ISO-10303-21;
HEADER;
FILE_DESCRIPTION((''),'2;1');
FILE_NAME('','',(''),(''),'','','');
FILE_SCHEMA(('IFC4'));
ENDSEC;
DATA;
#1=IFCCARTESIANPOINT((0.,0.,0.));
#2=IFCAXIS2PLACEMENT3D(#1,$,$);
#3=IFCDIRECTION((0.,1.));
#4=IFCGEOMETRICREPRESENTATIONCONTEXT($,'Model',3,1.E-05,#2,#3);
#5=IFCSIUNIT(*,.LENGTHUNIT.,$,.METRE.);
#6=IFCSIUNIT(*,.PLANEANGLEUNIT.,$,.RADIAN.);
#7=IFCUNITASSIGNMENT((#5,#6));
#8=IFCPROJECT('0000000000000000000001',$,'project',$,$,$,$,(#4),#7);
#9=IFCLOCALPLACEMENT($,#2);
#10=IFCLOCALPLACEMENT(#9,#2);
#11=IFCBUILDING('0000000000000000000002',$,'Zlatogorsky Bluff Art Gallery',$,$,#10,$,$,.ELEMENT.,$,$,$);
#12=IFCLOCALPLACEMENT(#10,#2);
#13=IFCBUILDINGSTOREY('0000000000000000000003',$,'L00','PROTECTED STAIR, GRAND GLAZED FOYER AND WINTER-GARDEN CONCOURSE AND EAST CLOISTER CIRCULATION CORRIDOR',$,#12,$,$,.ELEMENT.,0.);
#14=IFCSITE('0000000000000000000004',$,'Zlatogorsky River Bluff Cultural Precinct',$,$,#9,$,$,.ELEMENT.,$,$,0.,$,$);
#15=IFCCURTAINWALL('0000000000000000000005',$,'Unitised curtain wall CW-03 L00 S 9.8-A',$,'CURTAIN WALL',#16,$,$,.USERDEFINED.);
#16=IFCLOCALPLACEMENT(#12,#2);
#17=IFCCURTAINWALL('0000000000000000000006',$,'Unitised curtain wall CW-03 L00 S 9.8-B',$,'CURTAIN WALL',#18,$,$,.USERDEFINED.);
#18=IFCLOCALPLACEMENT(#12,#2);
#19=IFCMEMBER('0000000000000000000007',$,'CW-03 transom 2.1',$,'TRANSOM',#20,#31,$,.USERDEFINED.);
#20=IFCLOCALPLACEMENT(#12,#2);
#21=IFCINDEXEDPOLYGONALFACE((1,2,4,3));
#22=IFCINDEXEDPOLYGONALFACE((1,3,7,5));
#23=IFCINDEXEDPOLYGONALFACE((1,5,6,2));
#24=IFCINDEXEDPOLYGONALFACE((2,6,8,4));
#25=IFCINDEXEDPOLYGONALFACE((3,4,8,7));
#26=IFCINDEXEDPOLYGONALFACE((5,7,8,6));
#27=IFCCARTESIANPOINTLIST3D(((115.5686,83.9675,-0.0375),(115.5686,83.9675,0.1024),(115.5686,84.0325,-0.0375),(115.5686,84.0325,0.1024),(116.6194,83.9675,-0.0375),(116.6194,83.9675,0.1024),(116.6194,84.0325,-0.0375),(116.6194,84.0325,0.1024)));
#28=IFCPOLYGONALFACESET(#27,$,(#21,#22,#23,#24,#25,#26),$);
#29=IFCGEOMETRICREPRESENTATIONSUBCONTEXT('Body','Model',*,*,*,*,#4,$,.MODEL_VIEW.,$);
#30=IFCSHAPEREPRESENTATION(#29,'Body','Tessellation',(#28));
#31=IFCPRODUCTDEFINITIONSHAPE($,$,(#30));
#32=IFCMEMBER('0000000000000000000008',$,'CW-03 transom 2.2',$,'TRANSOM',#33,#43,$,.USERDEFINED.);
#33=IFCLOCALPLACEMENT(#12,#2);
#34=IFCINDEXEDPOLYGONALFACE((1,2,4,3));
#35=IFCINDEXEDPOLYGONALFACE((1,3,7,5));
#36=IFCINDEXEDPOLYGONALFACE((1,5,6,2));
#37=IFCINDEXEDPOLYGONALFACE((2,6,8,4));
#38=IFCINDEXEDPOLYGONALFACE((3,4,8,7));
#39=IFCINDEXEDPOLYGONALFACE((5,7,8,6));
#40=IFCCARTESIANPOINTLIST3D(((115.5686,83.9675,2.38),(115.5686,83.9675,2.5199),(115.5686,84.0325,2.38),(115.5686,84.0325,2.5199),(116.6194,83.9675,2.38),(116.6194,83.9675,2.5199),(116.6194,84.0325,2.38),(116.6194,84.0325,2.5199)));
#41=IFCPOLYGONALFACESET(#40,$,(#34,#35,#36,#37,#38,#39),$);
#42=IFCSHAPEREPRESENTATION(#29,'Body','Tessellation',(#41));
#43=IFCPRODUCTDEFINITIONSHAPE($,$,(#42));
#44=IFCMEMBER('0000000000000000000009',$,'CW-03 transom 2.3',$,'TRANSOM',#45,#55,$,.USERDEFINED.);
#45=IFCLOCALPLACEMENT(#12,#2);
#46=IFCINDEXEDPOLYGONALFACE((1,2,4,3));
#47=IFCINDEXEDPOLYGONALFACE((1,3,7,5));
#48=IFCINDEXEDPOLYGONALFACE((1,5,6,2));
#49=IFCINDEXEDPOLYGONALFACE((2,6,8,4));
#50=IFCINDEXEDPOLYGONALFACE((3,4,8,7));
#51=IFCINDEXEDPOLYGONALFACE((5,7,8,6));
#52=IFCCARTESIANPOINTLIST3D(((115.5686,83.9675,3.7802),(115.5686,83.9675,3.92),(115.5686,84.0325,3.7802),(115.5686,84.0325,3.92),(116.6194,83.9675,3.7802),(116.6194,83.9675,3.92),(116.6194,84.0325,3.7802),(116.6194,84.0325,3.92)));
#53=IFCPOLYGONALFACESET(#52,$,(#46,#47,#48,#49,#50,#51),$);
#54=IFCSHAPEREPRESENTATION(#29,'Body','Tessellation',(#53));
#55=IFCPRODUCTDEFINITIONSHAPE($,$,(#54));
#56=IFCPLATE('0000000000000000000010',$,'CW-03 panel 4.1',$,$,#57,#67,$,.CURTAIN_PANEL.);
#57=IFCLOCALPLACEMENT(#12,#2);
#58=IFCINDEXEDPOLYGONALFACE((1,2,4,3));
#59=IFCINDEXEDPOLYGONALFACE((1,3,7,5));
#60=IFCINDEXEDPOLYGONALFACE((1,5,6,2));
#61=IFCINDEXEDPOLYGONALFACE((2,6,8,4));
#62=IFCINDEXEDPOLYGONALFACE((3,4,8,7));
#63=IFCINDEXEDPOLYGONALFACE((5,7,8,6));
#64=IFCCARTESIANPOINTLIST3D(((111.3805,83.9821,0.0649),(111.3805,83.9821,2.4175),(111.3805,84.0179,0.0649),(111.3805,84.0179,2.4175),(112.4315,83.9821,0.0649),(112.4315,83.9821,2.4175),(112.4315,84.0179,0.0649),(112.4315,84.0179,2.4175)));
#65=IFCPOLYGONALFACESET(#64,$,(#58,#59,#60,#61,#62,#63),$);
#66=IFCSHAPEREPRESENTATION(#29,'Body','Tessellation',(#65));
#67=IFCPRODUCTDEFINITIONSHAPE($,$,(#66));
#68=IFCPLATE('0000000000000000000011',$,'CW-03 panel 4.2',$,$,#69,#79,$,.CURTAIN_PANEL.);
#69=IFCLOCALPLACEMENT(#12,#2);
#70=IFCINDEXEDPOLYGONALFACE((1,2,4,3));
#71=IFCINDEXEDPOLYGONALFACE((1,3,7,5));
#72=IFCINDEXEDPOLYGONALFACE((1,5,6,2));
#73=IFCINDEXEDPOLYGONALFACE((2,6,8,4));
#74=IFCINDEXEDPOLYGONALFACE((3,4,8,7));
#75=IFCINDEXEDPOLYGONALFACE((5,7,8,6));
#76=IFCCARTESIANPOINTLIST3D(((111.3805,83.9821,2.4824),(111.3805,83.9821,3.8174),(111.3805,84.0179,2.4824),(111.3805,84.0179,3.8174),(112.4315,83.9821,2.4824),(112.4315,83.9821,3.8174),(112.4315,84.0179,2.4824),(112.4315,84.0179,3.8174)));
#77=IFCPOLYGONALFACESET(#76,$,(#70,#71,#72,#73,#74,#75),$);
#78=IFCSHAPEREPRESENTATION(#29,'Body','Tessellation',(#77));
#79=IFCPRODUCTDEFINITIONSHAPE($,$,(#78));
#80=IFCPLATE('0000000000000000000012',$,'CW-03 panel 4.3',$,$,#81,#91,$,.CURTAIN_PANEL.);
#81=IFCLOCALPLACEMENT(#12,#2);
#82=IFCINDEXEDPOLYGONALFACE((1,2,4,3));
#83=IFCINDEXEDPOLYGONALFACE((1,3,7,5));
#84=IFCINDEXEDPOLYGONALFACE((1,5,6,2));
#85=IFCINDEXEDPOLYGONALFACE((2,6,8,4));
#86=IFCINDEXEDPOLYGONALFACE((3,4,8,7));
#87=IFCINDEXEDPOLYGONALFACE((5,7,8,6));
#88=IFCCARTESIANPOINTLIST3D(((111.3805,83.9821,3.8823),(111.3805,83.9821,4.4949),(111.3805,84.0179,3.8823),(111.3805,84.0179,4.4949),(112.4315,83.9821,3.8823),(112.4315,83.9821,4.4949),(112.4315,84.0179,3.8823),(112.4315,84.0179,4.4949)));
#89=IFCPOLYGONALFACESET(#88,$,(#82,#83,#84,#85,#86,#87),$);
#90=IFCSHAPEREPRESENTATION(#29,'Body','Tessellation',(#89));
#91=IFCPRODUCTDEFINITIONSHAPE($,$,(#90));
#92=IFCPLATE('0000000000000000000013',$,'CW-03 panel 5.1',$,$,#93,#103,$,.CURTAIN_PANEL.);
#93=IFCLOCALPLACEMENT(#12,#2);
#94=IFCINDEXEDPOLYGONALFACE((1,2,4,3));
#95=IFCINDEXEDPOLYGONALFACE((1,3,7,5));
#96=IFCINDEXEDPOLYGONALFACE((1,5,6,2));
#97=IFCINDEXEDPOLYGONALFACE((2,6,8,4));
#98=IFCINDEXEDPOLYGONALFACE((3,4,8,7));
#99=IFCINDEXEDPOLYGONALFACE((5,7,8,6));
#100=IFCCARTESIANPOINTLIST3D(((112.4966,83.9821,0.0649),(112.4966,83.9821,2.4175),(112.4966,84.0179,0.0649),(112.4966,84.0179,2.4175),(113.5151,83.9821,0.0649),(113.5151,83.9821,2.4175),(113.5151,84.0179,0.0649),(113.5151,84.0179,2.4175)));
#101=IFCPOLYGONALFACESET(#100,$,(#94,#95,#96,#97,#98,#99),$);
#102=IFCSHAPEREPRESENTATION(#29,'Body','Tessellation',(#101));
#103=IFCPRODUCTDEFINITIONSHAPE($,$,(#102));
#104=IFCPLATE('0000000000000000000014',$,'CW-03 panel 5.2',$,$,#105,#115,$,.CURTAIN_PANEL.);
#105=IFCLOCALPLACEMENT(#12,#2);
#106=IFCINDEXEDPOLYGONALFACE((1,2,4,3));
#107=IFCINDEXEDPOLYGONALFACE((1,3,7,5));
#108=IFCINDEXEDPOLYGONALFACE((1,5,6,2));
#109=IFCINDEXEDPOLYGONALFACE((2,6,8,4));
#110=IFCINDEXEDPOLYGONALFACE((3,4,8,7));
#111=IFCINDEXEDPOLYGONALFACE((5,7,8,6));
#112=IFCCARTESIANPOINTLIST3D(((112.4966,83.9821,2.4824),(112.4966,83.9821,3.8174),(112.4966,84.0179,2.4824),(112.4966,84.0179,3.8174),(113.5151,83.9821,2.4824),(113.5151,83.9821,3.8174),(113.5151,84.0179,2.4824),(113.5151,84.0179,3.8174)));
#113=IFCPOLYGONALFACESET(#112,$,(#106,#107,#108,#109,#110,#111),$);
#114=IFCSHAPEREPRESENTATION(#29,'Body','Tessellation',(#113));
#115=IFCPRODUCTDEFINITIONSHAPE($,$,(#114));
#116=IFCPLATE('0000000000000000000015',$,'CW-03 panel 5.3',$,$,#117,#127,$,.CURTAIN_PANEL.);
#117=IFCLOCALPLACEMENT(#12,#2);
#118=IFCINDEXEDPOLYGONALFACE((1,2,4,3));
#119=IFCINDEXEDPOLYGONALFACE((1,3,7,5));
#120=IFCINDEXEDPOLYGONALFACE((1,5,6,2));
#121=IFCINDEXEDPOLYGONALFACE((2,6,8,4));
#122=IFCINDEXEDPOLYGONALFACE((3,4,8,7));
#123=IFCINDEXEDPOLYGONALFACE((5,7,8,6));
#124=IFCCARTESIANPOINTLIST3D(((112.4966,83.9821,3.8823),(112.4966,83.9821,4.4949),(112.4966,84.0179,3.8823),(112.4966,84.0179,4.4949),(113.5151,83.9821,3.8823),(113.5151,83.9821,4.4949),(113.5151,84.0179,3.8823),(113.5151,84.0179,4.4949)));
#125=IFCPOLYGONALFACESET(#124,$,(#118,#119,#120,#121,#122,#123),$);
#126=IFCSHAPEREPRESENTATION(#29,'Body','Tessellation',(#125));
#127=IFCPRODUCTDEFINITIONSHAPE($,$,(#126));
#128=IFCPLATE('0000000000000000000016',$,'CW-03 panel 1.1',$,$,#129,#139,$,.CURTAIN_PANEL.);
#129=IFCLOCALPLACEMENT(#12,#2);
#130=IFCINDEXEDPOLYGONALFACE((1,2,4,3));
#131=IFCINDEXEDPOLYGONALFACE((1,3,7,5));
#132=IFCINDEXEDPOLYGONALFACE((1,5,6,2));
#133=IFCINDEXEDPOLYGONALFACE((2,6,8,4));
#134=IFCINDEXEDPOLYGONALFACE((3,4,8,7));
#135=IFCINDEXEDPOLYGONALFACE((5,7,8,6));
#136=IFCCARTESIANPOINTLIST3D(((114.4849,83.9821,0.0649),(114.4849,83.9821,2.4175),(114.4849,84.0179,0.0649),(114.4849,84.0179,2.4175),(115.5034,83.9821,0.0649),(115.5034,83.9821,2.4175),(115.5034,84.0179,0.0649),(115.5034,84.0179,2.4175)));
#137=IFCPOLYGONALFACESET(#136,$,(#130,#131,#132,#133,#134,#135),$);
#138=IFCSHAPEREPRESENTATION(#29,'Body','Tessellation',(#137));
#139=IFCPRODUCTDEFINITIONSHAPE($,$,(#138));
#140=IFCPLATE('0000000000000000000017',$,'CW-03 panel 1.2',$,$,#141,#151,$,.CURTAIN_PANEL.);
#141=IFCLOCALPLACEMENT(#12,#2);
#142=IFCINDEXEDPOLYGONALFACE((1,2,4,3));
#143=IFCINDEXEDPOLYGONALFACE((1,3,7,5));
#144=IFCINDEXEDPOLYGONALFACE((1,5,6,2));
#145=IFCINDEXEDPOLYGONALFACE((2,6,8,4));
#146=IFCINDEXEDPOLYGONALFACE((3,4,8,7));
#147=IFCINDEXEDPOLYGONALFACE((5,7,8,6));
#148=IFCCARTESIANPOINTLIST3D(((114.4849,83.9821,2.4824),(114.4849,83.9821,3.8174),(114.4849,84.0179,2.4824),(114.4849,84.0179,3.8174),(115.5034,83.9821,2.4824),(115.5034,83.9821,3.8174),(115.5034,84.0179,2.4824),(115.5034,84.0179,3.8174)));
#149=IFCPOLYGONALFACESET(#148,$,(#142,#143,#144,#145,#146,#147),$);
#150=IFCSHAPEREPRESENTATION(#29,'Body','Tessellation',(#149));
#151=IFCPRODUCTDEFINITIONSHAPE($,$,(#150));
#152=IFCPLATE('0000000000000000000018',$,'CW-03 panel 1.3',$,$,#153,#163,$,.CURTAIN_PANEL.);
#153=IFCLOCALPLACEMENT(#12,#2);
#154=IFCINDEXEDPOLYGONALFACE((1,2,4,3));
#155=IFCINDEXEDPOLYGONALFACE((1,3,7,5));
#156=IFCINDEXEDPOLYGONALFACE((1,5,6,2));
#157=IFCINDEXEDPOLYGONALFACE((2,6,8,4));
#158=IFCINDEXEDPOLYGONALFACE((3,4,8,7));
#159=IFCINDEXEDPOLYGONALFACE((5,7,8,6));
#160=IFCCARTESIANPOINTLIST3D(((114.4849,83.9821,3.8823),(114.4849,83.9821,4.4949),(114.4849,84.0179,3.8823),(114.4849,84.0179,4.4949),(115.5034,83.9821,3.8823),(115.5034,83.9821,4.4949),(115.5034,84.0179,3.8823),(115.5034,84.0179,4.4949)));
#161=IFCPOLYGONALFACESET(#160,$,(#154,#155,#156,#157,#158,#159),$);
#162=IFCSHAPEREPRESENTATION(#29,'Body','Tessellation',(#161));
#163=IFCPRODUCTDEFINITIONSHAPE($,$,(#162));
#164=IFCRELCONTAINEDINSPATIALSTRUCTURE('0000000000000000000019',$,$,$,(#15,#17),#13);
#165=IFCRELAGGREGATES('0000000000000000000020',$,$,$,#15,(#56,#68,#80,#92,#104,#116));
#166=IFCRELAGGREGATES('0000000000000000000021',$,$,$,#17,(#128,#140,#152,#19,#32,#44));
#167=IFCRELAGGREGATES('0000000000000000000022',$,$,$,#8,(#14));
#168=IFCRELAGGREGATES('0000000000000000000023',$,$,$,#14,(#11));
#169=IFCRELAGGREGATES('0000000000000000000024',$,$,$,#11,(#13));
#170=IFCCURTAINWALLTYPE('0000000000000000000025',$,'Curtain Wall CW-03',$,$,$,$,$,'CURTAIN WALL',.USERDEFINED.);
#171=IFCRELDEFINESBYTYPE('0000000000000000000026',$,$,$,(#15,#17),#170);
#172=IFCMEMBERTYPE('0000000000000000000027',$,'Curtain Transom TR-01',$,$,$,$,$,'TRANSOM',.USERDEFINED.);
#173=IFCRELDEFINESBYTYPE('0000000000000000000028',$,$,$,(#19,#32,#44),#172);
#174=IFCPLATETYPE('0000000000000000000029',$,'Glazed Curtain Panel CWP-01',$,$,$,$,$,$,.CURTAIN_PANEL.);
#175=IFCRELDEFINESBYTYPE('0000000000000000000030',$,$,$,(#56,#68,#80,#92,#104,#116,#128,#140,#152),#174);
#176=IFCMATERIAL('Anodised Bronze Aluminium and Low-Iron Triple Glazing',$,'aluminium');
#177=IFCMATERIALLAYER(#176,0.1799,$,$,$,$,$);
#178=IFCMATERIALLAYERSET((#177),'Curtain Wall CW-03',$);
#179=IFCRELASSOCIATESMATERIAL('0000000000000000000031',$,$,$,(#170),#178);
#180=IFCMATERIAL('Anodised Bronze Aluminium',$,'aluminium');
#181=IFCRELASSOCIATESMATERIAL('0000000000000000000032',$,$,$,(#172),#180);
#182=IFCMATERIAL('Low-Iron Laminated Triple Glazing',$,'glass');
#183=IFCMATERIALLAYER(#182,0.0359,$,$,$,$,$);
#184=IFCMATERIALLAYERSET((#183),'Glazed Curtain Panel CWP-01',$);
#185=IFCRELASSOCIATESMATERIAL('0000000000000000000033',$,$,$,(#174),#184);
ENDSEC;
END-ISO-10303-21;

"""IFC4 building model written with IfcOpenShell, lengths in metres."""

from ifc_helpers import new_model, si_unit, direction, frame, origin, origin_2d, place, context, subcontext, project, spatial, rectangle, extrude, material, layer, layer_set, material_profile, profile_set, type_object, element, aggregate, save


model = new_model("IFC4")

# Units and contexts
model_context = context("Model", 3, precision=1e-05, world=origin(), true_north=direction((0.0, 1.0)))
body_context = subcontext(model_context, "Body", "Model", "MODEL_VIEW")
ifc_project = project(units=[si_unit("LENGTHUNIT", "METRE"), si_unit("PLANEANGLEUNIT", "RADIAN")], contexts=[model_context])

# Site, building, storey
site_placement = place(None, origin())
site = spatial("IfcSite", under=ifc_project, at=site_placement, Name="Zlatogorsky River Bluff Cultural Precinct", CompositionType="ELEMENT", RefElevation=0.0)
building_placement = place(site_placement, origin())
building = spatial("IfcBuilding", under=site, at=building_placement, Name="Zlatogorsky Bluff Art Gallery", CompositionType="ELEMENT")
storey_placement = place(building_placement, origin())
storey = spatial("IfcBuildingStorey", under=building, at=storey_placement, Name="L00", Description="PROTECTED STAIR, GRAND GLAZED FOYER AND WINTER-GARDEN CONCOURSE AND EAST CLOISTER CIRCULATION CORRIDOR", CompositionType="ELEMENT", Elevation=0.0)

# Curtain walls
ifc_material_1 = material(Name="Anodised Bronze Aluminium and Low-Iron Triple Glazing", Category="aluminium")
ifc_layer_1 = layer(ifc_material_1, 0.1799)
ifc_layer_set_1 = layer_set([ifc_layer_1], Name="Curtain Wall CW-03")
curtain_wall_type = type_object("IfcCurtainWallType", Name="Curtain Wall CW-03", ElementType="CURTAIN WALL", PredefinedType="USERDEFINED", material=ifc_layer_set_1)
curtain_wall_1_placement = place(storey_placement, origin())
curtain_wall_1 = element("IfcCurtainWall", 1, at=curtain_wall_1_placement, inside=storey, type_object=curtain_wall_type, Name="Unitised curtain wall CW-03 L00 S 9.8-A", ObjectType="CURTAIN WALL", PredefinedType="USERDEFINED")
ifc_material_2 = material(Name="Anodised Bronze Aluminium", Category="aluminium")
curtain_wall_2_placement = place(storey_placement, origin())
curtain_wall_2 = element("IfcCurtainWall", 2, at=curtain_wall_2_placement, inside=storey, type_object=curtain_wall_type, Name="Unitised curtain wall CW-03 L00 S 9.8-B", ObjectType="CURTAIN WALL", PredefinedType="USERDEFINED")

# Members
ifc_material_profile_1 = material_profile(ifc_material_2, rectangle(XDim=0.0649, YDim=0.1399, at=origin_2d()), Name="ALU TRANSOM 65x140")
ifc_profile_set_1 = profile_set([ifc_material_profile_1], Name="Anodised Bronze Aluminium")
member_type_1 = type_object("IfcMemberType", Name="Curtain Transom TR-01", ElementType="TRANSOM", PredefinedType="USERDEFINED", material=ifc_profile_set_1)
member_1_placement = place(storey_placement, frame((115.5686, 84.0, 0.0325), z_axis=(1.0, 0.0, 0.0), x_axis=(0.0, 1.0, 0.0)))
member_1 = element("IfcMember", 3, at=member_1_placement, type_object=member_type_1, Name="CW-03 transom 2.1", ObjectType="TRANSOM", PredefinedType="USERDEFINED", context=body_context, shape_type="SweptSolid", body=[
    extrude(rectangle(XDim=0.0649, YDim=0.1399, at=origin_2d()), origin(), (0.0, 0.0, 1.0), 1.0508),
])
member_2_placement = place(storey_placement, frame((115.5686, 84.0, 2.45), z_axis=(1.0, 0.0, 0.0), x_axis=(0.0, 1.0, 0.0)))
member_2 = element("IfcMember", 4, at=member_2_placement, type_object=member_type_1, Name="CW-03 transom 2.2", ObjectType="TRANSOM", PredefinedType="USERDEFINED", context=body_context, shape_type="SweptSolid", body=[
    extrude(rectangle(XDim=0.0649, YDim=0.1399, at=origin_2d()), origin(), (0.0, 0.0, 1.0), 1.0508),
])
member_3_placement = place(storey_placement, frame((115.5686, 84.0, 3.8501), z_axis=(1.0, 0.0, 0.0), x_axis=(0.0, 1.0, 0.0)))
member_3 = element("IfcMember", 5, at=member_3_placement, type_object=member_type_1, Name="CW-03 transom 2.3", ObjectType="TRANSOM", PredefinedType="USERDEFINED", context=body_context, shape_type="SweptSolid", body=[
    extrude(rectangle(XDim=0.0649, YDim=0.1399, at=origin_2d()), origin(), (0.0, 0.0, 1.0), 1.0508),
])

# Plates
ifc_material_3 = material(Name="Low-Iron Laminated Triple Glazing", Category="glass")
ifc_layer_2 = layer(ifc_material_3, 0.0359)
ifc_layer_set_2 = layer_set([ifc_layer_2], Name="Glazed Curtain Panel CWP-01")
plate_type = type_object("IfcPlateType", Name="Glazed Curtain Panel CWP-01", PredefinedType="CURTAIN_PANEL", material=ifc_layer_set_2)
plate_1_placement = place(storey_placement, frame((111.906, 84.0, 0.0649), z_axis=(0.0, 0.0, 1.0), x_axis=(1.0, 0.0, 0.0)))
plate_1 = element("IfcPlate", 6, at=plate_1_placement, type_object=plate_type, Name="CW-03 panel 4.1", PredefinedType="CURTAIN_PANEL", context=body_context, shape_type="SweptSolid", body=[
    extrude(rectangle(XDim=1.051, YDim=0.0359, at=origin_2d()), origin(), (0.0, 0.0, 1.0), 2.3525),
])
plate_2_placement = place(storey_placement, frame((111.906, 84.0, 2.4824), z_axis=(0.0, 0.0, 1.0), x_axis=(1.0, 0.0, 0.0)))
plate_2 = element("IfcPlate", 7, at=plate_2_placement, type_object=plate_type, Name="CW-03 panel 4.2", PredefinedType="CURTAIN_PANEL", context=body_context, shape_type="SweptSolid", body=[
    extrude(rectangle(XDim=1.051, YDim=0.0359, at=origin_2d()), origin(), (0.0, 0.0, 1.0), 1.335),
])
plate_3_placement = place(storey_placement, frame((111.906, 84.0, 3.8823), z_axis=(0.0, 0.0, 1.0), x_axis=(1.0, 0.0, 0.0)))
plate_3 = element("IfcPlate", 8, at=plate_3_placement, type_object=plate_type, Name="CW-03 panel 4.3", PredefinedType="CURTAIN_PANEL", context=body_context, shape_type="SweptSolid", body=[
    extrude(rectangle(XDim=1.051, YDim=0.0359, at=origin_2d()), origin(), (0.0, 0.0, 1.0), 0.6125),
])
plate_4_placement = place(storey_placement, frame((113.0059, 84.0, 0.0649), z_axis=(0.0, 0.0, 1.0), x_axis=(1.0, 0.0, 0.0)))
plate_4 = element("IfcPlate", 9, at=plate_4_placement, type_object=plate_type, Name="CW-03 panel 5.1", PredefinedType="CURTAIN_PANEL", context=body_context, shape_type="SweptSolid", body=[
    extrude(rectangle(XDim=1.0186, YDim=0.0359, at=origin_2d()), origin(), (0.0, 0.0, 1.0), 2.3525),
])
plate_5_placement = place(storey_placement, frame((113.0059, 84.0, 2.4824), z_axis=(0.0, 0.0, 1.0), x_axis=(1.0, 0.0, 0.0)))
plate_5 = element("IfcPlate", 10, at=plate_5_placement, type_object=plate_type, Name="CW-03 panel 5.2", PredefinedType="CURTAIN_PANEL", context=body_context, shape_type="SweptSolid", body=[
    extrude(rectangle(XDim=1.0186, YDim=0.0359, at=origin_2d()), origin(), (0.0, 0.0, 1.0), 1.335),
])
plate_6_placement = place(storey_placement, frame((113.0059, 84.0, 3.8823), z_axis=(0.0, 0.0, 1.0), x_axis=(1.0, 0.0, 0.0)))
plate_6 = element("IfcPlate", 11, at=plate_6_placement, type_object=plate_type, Name="CW-03 panel 5.3", PredefinedType="CURTAIN_PANEL", context=body_context, shape_type="SweptSolid", body=[
    extrude(rectangle(XDim=1.0186, YDim=0.0359, at=origin_2d()), origin(), (0.0, 0.0, 1.0), 0.6125),
])
aggregate(curtain_wall_1, [plate_1, plate_2, plate_3, plate_4, plate_5, plate_6])
plate_7_placement = place(storey_placement, frame((114.9941, 84.0, 0.0649), z_axis=(0.0, 0.0, 1.0), x_axis=(1.0, 0.0, 0.0)))
plate_7 = element("IfcPlate", 12, at=plate_7_placement, type_object=plate_type, Name="CW-03 panel 1.1", PredefinedType="CURTAIN_PANEL", context=body_context, shape_type="SweptSolid", body=[
    extrude(rectangle(XDim=1.0186, YDim=0.0359, at=origin_2d()), origin(), (0.0, 0.0, 1.0), 2.3525),
])
plate_8_placement = place(storey_placement, frame((114.9941, 84.0, 2.4824), z_axis=(0.0, 0.0, 1.0), x_axis=(1.0, 0.0, 0.0)))
plate_8 = element("IfcPlate", 13, at=plate_8_placement, type_object=plate_type, Name="CW-03 panel 1.2", PredefinedType="CURTAIN_PANEL", context=body_context, shape_type="SweptSolid", body=[
    extrude(rectangle(XDim=1.0186, YDim=0.0359, at=origin_2d()), origin(), (0.0, 0.0, 1.0), 1.335),
])
plate_9_placement = place(storey_placement, frame((114.9941, 84.0, 3.8823), z_axis=(0.0, 0.0, 1.0), x_axis=(1.0, 0.0, 0.0)))
plate_9 = element("IfcPlate", 14, at=plate_9_placement, type_object=plate_type, Name="CW-03 panel 1.3", PredefinedType="CURTAIN_PANEL", context=body_context, shape_type="SweptSolid", body=[
    extrude(rectangle(XDim=1.0186, YDim=0.0359, at=origin_2d()), origin(), (0.0, 0.0, 1.0), 0.6125),
])
aggregate(curtain_wall_2, [plate_7, plate_8, plate_9, member_1, member_2, member_3])

save(model, "model.ifc")
